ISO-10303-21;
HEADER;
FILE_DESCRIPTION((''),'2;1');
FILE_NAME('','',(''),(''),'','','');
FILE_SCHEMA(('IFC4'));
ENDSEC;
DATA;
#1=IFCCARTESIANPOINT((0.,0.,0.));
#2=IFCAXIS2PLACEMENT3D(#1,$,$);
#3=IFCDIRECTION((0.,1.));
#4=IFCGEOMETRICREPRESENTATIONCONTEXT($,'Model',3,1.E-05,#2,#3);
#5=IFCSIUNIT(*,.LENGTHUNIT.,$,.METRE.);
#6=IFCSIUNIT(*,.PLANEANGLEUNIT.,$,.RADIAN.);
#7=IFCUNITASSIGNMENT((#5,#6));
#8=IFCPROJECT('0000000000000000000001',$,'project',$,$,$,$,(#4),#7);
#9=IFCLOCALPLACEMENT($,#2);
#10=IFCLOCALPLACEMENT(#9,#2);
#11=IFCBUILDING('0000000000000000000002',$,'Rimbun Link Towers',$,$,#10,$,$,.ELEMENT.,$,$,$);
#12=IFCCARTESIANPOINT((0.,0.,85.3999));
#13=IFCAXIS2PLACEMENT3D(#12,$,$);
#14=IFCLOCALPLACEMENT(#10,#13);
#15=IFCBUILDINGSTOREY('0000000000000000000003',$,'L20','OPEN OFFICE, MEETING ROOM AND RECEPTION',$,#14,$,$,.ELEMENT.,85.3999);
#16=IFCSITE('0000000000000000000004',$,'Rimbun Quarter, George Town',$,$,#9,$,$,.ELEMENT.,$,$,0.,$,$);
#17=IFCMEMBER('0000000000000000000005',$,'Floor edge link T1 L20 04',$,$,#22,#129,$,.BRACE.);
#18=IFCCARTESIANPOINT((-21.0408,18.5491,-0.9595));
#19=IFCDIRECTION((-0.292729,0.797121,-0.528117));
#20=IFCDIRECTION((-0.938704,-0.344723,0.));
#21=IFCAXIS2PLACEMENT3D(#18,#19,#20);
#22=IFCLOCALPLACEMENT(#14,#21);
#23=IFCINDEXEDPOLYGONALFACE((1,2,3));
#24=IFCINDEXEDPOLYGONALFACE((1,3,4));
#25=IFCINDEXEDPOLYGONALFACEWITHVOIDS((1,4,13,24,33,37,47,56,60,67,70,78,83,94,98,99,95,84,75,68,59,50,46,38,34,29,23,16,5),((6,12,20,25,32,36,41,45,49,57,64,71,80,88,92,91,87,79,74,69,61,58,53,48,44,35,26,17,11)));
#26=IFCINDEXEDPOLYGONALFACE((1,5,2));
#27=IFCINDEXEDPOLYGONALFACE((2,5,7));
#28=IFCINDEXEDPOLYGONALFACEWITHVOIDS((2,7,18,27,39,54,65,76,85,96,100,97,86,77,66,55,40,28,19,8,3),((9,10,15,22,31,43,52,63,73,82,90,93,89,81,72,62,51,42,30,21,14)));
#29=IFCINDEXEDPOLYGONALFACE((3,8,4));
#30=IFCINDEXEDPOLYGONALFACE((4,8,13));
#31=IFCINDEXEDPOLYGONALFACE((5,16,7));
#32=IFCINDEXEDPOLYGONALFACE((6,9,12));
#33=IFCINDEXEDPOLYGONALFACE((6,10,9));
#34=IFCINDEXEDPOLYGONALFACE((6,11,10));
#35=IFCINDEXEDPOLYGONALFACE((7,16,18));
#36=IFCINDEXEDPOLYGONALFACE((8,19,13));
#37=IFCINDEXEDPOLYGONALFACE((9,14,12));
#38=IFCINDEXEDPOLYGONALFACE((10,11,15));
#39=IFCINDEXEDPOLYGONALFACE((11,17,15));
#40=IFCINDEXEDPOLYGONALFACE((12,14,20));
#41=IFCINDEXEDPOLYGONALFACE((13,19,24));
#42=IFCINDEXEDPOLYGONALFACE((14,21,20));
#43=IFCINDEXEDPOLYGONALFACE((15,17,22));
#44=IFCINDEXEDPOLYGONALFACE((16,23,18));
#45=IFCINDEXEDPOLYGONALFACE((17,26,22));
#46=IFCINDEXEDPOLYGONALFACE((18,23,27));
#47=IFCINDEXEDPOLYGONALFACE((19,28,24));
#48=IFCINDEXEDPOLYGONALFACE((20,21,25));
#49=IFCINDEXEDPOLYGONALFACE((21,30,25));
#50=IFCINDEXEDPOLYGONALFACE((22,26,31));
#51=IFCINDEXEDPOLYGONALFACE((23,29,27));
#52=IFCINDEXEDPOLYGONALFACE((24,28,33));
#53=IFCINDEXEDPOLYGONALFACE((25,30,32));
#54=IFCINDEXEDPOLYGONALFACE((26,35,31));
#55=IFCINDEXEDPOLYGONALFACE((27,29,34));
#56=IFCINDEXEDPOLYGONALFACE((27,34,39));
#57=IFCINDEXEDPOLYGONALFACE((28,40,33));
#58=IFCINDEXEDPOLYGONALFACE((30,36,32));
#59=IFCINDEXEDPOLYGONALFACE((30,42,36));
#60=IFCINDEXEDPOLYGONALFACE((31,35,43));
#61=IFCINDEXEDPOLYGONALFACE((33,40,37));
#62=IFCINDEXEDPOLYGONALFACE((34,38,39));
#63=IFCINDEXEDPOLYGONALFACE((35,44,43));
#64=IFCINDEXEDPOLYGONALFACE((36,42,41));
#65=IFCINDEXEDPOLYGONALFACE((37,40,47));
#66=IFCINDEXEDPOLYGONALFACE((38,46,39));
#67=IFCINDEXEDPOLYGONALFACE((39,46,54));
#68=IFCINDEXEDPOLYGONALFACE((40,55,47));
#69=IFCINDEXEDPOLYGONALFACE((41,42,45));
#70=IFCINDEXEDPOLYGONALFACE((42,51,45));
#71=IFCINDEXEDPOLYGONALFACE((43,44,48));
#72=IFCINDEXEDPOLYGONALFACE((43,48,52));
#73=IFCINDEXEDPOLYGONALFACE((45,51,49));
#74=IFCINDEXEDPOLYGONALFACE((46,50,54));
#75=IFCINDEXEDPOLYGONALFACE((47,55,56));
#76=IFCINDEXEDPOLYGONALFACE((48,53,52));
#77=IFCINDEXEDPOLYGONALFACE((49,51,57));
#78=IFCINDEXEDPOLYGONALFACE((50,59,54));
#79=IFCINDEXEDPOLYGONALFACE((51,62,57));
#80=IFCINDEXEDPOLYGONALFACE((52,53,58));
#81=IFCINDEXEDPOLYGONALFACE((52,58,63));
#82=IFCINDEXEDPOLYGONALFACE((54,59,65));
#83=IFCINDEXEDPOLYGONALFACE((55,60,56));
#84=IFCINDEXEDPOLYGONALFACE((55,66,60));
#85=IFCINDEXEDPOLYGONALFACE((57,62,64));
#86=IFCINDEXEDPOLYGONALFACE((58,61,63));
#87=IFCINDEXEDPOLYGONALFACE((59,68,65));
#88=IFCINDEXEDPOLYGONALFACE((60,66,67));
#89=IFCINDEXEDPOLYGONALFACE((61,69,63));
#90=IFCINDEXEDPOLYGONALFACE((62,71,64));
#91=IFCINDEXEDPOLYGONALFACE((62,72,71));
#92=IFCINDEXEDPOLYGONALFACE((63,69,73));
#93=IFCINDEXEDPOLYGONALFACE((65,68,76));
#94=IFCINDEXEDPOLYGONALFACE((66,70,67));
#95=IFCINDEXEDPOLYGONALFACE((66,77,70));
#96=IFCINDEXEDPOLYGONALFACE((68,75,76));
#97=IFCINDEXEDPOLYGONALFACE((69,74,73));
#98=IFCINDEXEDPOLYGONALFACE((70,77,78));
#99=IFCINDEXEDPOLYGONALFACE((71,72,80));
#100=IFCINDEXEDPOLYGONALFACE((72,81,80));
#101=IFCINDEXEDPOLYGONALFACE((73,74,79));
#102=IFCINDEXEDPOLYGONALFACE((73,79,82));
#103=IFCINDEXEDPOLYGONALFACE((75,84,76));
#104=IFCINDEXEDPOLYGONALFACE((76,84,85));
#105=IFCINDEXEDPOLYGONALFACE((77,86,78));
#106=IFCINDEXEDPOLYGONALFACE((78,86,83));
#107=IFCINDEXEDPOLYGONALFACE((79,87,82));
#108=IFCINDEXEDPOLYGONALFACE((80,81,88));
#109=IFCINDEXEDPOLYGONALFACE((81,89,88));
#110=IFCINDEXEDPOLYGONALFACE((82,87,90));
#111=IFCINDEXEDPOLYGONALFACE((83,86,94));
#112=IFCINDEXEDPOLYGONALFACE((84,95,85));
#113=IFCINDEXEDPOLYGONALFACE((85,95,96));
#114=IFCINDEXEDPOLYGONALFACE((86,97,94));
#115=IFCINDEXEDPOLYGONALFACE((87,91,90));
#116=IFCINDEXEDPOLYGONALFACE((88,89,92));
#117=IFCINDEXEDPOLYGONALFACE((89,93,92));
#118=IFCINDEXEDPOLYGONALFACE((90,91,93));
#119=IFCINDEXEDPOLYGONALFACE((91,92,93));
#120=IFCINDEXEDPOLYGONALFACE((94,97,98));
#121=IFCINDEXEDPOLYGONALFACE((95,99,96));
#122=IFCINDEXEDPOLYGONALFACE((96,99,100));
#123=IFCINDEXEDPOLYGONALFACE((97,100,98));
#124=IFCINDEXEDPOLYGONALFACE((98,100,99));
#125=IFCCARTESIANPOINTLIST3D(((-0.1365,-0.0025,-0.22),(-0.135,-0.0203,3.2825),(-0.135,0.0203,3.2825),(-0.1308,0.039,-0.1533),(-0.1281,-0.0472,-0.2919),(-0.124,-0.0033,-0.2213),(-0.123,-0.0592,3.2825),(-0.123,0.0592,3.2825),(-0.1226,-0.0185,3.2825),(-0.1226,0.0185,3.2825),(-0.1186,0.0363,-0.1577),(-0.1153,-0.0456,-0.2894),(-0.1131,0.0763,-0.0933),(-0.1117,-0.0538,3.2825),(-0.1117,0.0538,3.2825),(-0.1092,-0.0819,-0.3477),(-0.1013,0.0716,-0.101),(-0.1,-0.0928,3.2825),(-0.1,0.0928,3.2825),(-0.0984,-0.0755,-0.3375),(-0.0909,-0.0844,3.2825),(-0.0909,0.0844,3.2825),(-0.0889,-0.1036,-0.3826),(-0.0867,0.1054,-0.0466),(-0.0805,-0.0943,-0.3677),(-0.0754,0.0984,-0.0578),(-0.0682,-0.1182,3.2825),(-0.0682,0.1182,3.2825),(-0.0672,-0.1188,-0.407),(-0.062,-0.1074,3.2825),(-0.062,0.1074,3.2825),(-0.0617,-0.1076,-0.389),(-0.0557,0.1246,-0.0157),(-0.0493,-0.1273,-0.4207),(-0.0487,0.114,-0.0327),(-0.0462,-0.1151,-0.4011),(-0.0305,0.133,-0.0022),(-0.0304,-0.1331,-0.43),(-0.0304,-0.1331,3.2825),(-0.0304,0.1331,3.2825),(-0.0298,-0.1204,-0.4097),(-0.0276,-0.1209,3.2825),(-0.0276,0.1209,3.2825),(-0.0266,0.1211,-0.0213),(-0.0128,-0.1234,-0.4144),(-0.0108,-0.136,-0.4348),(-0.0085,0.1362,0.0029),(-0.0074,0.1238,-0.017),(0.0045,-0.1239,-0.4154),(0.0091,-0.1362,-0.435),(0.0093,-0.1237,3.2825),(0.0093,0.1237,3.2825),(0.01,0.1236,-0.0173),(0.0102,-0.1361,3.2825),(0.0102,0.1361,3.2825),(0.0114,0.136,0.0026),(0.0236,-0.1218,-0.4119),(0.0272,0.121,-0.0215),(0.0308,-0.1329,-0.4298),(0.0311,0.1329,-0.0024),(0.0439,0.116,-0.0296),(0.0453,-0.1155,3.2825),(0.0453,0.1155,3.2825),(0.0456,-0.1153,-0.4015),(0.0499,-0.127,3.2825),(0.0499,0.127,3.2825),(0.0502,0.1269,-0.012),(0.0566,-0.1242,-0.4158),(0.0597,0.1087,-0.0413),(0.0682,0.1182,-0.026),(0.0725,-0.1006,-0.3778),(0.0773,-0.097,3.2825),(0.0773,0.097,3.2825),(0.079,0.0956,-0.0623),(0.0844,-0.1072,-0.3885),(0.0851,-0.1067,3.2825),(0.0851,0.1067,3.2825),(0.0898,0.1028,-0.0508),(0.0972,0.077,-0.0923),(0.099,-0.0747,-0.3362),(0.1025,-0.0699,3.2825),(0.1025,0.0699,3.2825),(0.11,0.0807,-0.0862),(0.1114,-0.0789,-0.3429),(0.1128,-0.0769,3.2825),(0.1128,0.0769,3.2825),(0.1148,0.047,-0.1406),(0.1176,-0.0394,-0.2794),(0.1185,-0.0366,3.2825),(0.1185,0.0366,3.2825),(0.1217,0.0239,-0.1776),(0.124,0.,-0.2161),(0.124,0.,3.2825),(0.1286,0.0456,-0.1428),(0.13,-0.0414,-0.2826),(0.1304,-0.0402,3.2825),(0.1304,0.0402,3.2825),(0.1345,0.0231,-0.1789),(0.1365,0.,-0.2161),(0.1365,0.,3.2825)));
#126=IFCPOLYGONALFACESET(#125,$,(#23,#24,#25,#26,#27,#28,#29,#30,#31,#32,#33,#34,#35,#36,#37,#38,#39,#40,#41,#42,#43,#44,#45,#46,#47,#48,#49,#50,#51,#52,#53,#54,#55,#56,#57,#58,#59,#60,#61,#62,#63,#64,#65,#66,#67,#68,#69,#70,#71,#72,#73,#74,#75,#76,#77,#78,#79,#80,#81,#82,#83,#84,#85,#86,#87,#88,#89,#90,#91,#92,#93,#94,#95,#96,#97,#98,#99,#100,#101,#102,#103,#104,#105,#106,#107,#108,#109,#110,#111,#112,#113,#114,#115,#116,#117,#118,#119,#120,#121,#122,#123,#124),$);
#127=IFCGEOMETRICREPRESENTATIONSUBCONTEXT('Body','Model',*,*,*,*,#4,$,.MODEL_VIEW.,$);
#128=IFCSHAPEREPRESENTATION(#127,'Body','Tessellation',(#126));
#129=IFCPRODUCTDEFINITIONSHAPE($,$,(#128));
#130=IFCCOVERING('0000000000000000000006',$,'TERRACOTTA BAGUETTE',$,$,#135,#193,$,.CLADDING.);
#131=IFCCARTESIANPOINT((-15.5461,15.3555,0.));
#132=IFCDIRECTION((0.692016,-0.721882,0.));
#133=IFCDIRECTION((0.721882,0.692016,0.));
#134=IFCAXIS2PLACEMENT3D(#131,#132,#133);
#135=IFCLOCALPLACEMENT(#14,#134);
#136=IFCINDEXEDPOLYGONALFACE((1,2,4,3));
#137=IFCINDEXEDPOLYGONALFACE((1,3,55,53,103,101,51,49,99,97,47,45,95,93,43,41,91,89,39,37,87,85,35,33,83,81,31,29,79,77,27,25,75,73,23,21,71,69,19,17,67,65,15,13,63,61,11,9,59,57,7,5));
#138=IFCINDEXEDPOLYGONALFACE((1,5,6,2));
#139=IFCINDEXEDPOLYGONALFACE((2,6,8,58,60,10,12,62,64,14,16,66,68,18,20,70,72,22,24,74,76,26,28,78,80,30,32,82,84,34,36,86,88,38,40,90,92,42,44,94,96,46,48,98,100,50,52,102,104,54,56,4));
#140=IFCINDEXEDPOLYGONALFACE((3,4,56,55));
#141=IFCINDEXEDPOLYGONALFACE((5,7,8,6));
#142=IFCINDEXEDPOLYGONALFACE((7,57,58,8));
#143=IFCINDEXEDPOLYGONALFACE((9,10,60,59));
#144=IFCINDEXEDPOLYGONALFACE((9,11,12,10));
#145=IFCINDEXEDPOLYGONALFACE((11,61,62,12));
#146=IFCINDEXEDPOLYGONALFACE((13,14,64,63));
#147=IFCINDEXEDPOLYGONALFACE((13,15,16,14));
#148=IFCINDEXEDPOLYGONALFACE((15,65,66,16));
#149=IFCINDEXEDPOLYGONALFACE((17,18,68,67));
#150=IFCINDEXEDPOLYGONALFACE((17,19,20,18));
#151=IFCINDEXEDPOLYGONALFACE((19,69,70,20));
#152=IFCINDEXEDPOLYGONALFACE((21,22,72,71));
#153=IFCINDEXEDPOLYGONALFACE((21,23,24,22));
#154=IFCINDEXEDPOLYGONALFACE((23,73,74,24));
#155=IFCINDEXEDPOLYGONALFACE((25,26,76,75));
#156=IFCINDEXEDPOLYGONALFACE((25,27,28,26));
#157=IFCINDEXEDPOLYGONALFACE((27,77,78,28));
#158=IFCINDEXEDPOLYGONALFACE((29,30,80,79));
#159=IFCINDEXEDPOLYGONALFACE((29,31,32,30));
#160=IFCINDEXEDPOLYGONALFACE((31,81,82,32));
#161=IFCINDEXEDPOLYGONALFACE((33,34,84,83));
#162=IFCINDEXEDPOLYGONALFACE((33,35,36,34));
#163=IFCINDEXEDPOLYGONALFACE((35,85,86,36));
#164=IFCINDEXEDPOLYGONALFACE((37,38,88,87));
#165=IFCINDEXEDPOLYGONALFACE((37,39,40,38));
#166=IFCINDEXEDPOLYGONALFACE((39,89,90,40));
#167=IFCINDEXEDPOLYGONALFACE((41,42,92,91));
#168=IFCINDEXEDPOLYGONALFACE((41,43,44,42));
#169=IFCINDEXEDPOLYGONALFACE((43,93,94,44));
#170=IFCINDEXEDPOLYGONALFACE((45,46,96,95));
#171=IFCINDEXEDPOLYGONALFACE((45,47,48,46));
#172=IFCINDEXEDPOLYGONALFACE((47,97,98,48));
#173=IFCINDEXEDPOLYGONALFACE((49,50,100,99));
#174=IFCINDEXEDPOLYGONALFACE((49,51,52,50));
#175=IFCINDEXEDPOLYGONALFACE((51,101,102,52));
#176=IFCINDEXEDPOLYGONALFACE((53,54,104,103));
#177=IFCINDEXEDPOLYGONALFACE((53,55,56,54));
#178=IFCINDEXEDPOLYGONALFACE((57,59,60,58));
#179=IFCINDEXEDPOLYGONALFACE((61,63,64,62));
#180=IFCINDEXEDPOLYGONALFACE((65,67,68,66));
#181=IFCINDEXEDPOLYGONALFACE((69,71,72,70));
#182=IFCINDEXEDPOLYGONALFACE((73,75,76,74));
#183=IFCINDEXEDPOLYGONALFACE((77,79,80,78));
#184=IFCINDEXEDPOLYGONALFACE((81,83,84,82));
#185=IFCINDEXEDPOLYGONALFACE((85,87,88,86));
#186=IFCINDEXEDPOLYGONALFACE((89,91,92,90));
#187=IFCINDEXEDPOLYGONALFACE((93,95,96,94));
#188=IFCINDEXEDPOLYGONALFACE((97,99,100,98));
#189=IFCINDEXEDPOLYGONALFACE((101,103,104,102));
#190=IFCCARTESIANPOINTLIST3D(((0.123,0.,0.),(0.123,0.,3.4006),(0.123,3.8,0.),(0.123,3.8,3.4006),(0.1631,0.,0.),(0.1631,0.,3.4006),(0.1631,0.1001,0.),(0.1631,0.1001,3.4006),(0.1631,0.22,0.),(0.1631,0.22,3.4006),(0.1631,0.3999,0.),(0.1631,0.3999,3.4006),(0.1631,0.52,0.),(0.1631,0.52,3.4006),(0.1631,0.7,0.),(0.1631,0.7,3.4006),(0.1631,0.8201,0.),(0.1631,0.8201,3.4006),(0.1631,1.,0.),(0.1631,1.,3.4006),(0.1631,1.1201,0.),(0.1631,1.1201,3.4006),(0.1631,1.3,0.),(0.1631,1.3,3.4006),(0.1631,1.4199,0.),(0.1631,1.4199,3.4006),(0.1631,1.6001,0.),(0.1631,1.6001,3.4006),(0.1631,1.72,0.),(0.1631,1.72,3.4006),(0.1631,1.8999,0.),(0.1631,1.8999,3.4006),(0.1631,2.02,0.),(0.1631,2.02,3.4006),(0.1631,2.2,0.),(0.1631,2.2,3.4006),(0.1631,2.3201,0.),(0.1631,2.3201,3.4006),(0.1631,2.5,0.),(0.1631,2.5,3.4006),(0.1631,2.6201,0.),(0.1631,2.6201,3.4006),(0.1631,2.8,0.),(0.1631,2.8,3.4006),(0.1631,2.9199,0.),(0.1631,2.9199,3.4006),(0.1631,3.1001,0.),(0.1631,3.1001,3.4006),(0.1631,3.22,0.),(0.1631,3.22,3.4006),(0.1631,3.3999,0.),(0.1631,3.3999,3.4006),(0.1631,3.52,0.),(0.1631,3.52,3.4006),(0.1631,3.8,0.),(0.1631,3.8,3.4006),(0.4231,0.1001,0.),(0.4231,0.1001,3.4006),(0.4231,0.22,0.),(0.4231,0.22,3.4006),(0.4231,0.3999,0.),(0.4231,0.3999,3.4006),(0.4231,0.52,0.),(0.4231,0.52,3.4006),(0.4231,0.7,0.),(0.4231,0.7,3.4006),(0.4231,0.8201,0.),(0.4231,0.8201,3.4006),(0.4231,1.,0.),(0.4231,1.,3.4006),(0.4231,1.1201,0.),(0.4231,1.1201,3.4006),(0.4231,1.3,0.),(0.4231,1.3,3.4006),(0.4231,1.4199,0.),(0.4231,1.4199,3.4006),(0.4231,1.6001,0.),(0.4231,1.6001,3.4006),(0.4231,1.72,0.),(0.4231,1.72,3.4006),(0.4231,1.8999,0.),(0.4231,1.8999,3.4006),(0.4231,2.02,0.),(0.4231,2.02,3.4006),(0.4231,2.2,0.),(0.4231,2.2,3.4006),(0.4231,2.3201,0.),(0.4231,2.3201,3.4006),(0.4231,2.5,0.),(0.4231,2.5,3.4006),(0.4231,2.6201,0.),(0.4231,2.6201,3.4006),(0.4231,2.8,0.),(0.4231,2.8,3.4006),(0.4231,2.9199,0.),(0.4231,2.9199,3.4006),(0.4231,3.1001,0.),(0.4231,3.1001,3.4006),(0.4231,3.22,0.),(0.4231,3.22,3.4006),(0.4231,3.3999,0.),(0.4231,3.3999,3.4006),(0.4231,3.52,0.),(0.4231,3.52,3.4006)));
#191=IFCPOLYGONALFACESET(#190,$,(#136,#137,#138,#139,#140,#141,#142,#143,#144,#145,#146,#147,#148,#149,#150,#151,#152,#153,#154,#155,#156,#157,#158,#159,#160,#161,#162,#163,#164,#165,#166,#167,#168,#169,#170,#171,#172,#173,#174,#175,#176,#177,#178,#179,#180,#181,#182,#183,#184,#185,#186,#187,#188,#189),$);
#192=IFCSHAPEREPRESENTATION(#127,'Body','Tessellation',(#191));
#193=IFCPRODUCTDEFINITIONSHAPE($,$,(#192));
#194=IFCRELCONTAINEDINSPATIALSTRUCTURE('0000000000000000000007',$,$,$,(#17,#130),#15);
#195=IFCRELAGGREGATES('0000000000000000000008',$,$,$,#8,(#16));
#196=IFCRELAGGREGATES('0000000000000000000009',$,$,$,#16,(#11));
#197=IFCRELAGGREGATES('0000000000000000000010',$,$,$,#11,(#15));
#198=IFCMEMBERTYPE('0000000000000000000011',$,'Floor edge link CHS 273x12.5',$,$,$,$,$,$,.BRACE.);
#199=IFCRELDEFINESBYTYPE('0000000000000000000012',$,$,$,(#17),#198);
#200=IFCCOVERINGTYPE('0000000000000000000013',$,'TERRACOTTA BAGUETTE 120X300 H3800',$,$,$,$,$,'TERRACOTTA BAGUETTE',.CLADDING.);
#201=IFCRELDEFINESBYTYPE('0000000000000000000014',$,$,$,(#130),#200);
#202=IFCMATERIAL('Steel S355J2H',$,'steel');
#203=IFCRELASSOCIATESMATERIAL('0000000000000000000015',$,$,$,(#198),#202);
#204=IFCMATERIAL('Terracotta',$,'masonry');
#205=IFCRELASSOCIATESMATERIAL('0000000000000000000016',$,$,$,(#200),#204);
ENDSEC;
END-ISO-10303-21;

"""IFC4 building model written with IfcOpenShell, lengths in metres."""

from ifc_helpers import new_model, si_unit, direction, frame, origin, origin_2d, place, context, subcontext, project, spatial, polyline, hollow_circle, outline, extrude, clip, halfspace, material, material_profile, profile_set, type_object, element, save


model = new_model("IFC4")

# Units and contexts
model_context = context("Model", 3, precision=1e-05, world=origin(), true_north=direction((0.0, 1.0)))
body_context = subcontext(model_context, "Body", "Model", "MODEL_VIEW")
ifc_project = project(units=[si_unit("LENGTHUNIT", "METRE"), si_unit("PLANEANGLEUNIT", "RADIAN")], contexts=[model_context])

# Site, building, storey
site_placement = place(None, origin())
site = spatial("IfcSite", under=ifc_project, at=site_placement, Name="Rimbun Quarter, George Town", CompositionType="ELEMENT", RefElevation=0.0)
building_placement = place(site_placement, origin())
building = spatial("IfcBuilding", under=site, at=building_placement, Name="Rimbun Link Towers", CompositionType="ELEMENT")
storey_placement = place(building_placement, frame((0.0, 0.0, 85.3999)))
storey = spatial("IfcBuildingStorey", under=building, at=storey_placement, Name="L20", Description="OPEN OFFICE, MEETING ROOM AND RECEPTION", CompositionType="ELEMENT", Elevation=85.3999)

# Member
ifc_material_1 = material(Name="Steel S355J2H", Category="steel")
ifc_material_profile_1 = material_profile(ifc_material_1, hollow_circle(Radius=0.1365, WallThickness=0.0125, at=origin_2d()), Name="CHS 273x12.5")
ifc_profile_set_1 = profile_set([ifc_material_profile_1], Name="Steel S355J2H")
member_type_1 = type_object("IfcMemberType", Name="Floor edge link CHS 273x12.5", PredefinedType="BRACE", material=ifc_profile_set_1)
member_1_placement = place(storey_placement, frame((-21.0408, 18.5491, -0.9595), z_axis=(-0.292729, 0.797121, -0.528117), x_axis=(-0.938704, -0.344723, 0.0)))
element("IfcMember", 1, at=member_1_placement, inside=storey, type_object=member_type_1, Name="Floor edge link T1 L20 04", PredefinedType="BRACE", context=body_context, shape_type="Clipping", body=[
    clip(extrude(hollow_circle(Radius=0.1365, WallThickness=0.0125, at=origin_2d()), frame((0.0, 0.0, -0.458)), (0.0, 0.0, 1.0), 3.7405), halfspace(frame((0.0, 0.0, -0.2161), z_axis=(0.0, 0.849172, -0.528117)), False)),
])

# Covering
ifc_material_2 = material(Name="Terracotta", Category="masonry")
ifc_material_profile_2 = material_profile(ifc_material_2, outline(polyline([(0.123, 0.0), (0.1631, 0.0), (0.1631, 0.1001), (0.4231, 0.1001), (0.4231, 0.22), (0.1631, 0.22), (0.1631, 0.3999), (0.4231, 0.3999), (0.4231, 0.52), (0.1631, 0.52), (0.1631, 0.7), (0.4231, 0.7), (0.4231, 0.8201), (0.1631, 0.8201), (0.1631, 1.0), (0.4231, 1.0), (0.4231, 1.1201), (0.1631, 1.1201), (0.1631, 1.3), (0.4231, 1.3), (0.4231, 1.4199), (0.1631, 1.4199), (0.1631, 1.6001), (0.4231, 1.6001), (0.4231, 1.72), (0.1631, 1.72), (0.1631, 1.8999), (0.4231, 1.8999), (0.4231, 2.02), (0.1631, 2.02), (0.1631, 2.2), (0.4231, 2.2), (0.4231, 2.3201), (0.1631, 2.3201), (0.1631, 2.5), (0.4231, 2.5), (0.4231, 2.6201), (0.1631, 2.6201), (0.1631, 2.8), (0.4231, 2.8), (0.4231, 2.9199), (0.1631, 2.9199), (0.1631, 3.1001), (0.4231, 3.1001), (0.4231, 3.22), (0.1631, 3.22), (0.1631, 3.3999), (0.4231, 3.3999), (0.4231, 3.52), (0.1631, 3.52), (0.1631, 3.8), (0.123, 3.8), (0.123, 0.0)])), Name="BAGUETTE 120X300")
ifc_profile_set_2 = profile_set([ifc_material_profile_2], Name="Terracotta")
covering_type = type_object("IfcCoveringType", Name="TERRACOTTA BAGUETTE 120X300 H3800", ElementType="TERRACOTTA BAGUETTE", PredefinedType="CLADDING", material=ifc_profile_set_2)
covering_1_placement = place(storey_placement, frame((-15.5461, 15.3555, 0.0), z_axis=(0.692016, -0.721882, 0.0), x_axis=(0.721882, 0.692016, 0.0)))
element("IfcCovering", 2, at=covering_1_placement, inside=storey, type_object=covering_type, Name="TERRACOTTA BAGUETTE", PredefinedType="CLADDING", context=body_context, shape_type="SweptSolid", body=[
    extrude(outline(polyline([(0.123, 0.0), (0.1631, 0.0), (0.1631, 0.1001), (0.4231, 0.1001), (0.4231, 0.22), (0.1631, 0.22), (0.1631, 0.3999), (0.4231, 0.3999), (0.4231, 0.52), (0.1631, 0.52), (0.1631, 0.7), (0.4231, 0.7), (0.4231, 0.8201), (0.1631, 0.8201), (0.1631, 1.0), (0.4231, 1.0), (0.4231, 1.1201), (0.1631, 1.1201), (0.1631, 1.3), (0.4231, 1.3), (0.4231, 1.4199), (0.1631, 1.4199), (0.1631, 1.6001), (0.4231, 1.6001), (0.4231, 1.72), (0.1631, 1.72), (0.1631, 1.8999), (0.4231, 1.8999), (0.4231, 2.02), (0.1631, 2.02), (0.1631, 2.2), (0.4231, 2.2), (0.4231, 2.3201), (0.1631, 2.3201), (0.1631, 2.5), (0.4231, 2.5), (0.4231, 2.6201), (0.1631, 2.6201), (0.1631, 2.8), (0.4231, 2.8), (0.4231, 2.9199), (0.1631, 2.9199), (0.1631, 3.1001), (0.4231, 3.1001), (0.4231, 3.22), (0.1631, 3.22), (0.1631, 3.3999), (0.4231, 3.3999), (0.4231, 3.52), (0.1631, 3.52), (0.1631, 3.8), (0.123, 3.8), (0.123, 0.0)])), origin(), (0.0, 0.0, 1.0), 3.4006),
])

save(model, "model.ifc")
